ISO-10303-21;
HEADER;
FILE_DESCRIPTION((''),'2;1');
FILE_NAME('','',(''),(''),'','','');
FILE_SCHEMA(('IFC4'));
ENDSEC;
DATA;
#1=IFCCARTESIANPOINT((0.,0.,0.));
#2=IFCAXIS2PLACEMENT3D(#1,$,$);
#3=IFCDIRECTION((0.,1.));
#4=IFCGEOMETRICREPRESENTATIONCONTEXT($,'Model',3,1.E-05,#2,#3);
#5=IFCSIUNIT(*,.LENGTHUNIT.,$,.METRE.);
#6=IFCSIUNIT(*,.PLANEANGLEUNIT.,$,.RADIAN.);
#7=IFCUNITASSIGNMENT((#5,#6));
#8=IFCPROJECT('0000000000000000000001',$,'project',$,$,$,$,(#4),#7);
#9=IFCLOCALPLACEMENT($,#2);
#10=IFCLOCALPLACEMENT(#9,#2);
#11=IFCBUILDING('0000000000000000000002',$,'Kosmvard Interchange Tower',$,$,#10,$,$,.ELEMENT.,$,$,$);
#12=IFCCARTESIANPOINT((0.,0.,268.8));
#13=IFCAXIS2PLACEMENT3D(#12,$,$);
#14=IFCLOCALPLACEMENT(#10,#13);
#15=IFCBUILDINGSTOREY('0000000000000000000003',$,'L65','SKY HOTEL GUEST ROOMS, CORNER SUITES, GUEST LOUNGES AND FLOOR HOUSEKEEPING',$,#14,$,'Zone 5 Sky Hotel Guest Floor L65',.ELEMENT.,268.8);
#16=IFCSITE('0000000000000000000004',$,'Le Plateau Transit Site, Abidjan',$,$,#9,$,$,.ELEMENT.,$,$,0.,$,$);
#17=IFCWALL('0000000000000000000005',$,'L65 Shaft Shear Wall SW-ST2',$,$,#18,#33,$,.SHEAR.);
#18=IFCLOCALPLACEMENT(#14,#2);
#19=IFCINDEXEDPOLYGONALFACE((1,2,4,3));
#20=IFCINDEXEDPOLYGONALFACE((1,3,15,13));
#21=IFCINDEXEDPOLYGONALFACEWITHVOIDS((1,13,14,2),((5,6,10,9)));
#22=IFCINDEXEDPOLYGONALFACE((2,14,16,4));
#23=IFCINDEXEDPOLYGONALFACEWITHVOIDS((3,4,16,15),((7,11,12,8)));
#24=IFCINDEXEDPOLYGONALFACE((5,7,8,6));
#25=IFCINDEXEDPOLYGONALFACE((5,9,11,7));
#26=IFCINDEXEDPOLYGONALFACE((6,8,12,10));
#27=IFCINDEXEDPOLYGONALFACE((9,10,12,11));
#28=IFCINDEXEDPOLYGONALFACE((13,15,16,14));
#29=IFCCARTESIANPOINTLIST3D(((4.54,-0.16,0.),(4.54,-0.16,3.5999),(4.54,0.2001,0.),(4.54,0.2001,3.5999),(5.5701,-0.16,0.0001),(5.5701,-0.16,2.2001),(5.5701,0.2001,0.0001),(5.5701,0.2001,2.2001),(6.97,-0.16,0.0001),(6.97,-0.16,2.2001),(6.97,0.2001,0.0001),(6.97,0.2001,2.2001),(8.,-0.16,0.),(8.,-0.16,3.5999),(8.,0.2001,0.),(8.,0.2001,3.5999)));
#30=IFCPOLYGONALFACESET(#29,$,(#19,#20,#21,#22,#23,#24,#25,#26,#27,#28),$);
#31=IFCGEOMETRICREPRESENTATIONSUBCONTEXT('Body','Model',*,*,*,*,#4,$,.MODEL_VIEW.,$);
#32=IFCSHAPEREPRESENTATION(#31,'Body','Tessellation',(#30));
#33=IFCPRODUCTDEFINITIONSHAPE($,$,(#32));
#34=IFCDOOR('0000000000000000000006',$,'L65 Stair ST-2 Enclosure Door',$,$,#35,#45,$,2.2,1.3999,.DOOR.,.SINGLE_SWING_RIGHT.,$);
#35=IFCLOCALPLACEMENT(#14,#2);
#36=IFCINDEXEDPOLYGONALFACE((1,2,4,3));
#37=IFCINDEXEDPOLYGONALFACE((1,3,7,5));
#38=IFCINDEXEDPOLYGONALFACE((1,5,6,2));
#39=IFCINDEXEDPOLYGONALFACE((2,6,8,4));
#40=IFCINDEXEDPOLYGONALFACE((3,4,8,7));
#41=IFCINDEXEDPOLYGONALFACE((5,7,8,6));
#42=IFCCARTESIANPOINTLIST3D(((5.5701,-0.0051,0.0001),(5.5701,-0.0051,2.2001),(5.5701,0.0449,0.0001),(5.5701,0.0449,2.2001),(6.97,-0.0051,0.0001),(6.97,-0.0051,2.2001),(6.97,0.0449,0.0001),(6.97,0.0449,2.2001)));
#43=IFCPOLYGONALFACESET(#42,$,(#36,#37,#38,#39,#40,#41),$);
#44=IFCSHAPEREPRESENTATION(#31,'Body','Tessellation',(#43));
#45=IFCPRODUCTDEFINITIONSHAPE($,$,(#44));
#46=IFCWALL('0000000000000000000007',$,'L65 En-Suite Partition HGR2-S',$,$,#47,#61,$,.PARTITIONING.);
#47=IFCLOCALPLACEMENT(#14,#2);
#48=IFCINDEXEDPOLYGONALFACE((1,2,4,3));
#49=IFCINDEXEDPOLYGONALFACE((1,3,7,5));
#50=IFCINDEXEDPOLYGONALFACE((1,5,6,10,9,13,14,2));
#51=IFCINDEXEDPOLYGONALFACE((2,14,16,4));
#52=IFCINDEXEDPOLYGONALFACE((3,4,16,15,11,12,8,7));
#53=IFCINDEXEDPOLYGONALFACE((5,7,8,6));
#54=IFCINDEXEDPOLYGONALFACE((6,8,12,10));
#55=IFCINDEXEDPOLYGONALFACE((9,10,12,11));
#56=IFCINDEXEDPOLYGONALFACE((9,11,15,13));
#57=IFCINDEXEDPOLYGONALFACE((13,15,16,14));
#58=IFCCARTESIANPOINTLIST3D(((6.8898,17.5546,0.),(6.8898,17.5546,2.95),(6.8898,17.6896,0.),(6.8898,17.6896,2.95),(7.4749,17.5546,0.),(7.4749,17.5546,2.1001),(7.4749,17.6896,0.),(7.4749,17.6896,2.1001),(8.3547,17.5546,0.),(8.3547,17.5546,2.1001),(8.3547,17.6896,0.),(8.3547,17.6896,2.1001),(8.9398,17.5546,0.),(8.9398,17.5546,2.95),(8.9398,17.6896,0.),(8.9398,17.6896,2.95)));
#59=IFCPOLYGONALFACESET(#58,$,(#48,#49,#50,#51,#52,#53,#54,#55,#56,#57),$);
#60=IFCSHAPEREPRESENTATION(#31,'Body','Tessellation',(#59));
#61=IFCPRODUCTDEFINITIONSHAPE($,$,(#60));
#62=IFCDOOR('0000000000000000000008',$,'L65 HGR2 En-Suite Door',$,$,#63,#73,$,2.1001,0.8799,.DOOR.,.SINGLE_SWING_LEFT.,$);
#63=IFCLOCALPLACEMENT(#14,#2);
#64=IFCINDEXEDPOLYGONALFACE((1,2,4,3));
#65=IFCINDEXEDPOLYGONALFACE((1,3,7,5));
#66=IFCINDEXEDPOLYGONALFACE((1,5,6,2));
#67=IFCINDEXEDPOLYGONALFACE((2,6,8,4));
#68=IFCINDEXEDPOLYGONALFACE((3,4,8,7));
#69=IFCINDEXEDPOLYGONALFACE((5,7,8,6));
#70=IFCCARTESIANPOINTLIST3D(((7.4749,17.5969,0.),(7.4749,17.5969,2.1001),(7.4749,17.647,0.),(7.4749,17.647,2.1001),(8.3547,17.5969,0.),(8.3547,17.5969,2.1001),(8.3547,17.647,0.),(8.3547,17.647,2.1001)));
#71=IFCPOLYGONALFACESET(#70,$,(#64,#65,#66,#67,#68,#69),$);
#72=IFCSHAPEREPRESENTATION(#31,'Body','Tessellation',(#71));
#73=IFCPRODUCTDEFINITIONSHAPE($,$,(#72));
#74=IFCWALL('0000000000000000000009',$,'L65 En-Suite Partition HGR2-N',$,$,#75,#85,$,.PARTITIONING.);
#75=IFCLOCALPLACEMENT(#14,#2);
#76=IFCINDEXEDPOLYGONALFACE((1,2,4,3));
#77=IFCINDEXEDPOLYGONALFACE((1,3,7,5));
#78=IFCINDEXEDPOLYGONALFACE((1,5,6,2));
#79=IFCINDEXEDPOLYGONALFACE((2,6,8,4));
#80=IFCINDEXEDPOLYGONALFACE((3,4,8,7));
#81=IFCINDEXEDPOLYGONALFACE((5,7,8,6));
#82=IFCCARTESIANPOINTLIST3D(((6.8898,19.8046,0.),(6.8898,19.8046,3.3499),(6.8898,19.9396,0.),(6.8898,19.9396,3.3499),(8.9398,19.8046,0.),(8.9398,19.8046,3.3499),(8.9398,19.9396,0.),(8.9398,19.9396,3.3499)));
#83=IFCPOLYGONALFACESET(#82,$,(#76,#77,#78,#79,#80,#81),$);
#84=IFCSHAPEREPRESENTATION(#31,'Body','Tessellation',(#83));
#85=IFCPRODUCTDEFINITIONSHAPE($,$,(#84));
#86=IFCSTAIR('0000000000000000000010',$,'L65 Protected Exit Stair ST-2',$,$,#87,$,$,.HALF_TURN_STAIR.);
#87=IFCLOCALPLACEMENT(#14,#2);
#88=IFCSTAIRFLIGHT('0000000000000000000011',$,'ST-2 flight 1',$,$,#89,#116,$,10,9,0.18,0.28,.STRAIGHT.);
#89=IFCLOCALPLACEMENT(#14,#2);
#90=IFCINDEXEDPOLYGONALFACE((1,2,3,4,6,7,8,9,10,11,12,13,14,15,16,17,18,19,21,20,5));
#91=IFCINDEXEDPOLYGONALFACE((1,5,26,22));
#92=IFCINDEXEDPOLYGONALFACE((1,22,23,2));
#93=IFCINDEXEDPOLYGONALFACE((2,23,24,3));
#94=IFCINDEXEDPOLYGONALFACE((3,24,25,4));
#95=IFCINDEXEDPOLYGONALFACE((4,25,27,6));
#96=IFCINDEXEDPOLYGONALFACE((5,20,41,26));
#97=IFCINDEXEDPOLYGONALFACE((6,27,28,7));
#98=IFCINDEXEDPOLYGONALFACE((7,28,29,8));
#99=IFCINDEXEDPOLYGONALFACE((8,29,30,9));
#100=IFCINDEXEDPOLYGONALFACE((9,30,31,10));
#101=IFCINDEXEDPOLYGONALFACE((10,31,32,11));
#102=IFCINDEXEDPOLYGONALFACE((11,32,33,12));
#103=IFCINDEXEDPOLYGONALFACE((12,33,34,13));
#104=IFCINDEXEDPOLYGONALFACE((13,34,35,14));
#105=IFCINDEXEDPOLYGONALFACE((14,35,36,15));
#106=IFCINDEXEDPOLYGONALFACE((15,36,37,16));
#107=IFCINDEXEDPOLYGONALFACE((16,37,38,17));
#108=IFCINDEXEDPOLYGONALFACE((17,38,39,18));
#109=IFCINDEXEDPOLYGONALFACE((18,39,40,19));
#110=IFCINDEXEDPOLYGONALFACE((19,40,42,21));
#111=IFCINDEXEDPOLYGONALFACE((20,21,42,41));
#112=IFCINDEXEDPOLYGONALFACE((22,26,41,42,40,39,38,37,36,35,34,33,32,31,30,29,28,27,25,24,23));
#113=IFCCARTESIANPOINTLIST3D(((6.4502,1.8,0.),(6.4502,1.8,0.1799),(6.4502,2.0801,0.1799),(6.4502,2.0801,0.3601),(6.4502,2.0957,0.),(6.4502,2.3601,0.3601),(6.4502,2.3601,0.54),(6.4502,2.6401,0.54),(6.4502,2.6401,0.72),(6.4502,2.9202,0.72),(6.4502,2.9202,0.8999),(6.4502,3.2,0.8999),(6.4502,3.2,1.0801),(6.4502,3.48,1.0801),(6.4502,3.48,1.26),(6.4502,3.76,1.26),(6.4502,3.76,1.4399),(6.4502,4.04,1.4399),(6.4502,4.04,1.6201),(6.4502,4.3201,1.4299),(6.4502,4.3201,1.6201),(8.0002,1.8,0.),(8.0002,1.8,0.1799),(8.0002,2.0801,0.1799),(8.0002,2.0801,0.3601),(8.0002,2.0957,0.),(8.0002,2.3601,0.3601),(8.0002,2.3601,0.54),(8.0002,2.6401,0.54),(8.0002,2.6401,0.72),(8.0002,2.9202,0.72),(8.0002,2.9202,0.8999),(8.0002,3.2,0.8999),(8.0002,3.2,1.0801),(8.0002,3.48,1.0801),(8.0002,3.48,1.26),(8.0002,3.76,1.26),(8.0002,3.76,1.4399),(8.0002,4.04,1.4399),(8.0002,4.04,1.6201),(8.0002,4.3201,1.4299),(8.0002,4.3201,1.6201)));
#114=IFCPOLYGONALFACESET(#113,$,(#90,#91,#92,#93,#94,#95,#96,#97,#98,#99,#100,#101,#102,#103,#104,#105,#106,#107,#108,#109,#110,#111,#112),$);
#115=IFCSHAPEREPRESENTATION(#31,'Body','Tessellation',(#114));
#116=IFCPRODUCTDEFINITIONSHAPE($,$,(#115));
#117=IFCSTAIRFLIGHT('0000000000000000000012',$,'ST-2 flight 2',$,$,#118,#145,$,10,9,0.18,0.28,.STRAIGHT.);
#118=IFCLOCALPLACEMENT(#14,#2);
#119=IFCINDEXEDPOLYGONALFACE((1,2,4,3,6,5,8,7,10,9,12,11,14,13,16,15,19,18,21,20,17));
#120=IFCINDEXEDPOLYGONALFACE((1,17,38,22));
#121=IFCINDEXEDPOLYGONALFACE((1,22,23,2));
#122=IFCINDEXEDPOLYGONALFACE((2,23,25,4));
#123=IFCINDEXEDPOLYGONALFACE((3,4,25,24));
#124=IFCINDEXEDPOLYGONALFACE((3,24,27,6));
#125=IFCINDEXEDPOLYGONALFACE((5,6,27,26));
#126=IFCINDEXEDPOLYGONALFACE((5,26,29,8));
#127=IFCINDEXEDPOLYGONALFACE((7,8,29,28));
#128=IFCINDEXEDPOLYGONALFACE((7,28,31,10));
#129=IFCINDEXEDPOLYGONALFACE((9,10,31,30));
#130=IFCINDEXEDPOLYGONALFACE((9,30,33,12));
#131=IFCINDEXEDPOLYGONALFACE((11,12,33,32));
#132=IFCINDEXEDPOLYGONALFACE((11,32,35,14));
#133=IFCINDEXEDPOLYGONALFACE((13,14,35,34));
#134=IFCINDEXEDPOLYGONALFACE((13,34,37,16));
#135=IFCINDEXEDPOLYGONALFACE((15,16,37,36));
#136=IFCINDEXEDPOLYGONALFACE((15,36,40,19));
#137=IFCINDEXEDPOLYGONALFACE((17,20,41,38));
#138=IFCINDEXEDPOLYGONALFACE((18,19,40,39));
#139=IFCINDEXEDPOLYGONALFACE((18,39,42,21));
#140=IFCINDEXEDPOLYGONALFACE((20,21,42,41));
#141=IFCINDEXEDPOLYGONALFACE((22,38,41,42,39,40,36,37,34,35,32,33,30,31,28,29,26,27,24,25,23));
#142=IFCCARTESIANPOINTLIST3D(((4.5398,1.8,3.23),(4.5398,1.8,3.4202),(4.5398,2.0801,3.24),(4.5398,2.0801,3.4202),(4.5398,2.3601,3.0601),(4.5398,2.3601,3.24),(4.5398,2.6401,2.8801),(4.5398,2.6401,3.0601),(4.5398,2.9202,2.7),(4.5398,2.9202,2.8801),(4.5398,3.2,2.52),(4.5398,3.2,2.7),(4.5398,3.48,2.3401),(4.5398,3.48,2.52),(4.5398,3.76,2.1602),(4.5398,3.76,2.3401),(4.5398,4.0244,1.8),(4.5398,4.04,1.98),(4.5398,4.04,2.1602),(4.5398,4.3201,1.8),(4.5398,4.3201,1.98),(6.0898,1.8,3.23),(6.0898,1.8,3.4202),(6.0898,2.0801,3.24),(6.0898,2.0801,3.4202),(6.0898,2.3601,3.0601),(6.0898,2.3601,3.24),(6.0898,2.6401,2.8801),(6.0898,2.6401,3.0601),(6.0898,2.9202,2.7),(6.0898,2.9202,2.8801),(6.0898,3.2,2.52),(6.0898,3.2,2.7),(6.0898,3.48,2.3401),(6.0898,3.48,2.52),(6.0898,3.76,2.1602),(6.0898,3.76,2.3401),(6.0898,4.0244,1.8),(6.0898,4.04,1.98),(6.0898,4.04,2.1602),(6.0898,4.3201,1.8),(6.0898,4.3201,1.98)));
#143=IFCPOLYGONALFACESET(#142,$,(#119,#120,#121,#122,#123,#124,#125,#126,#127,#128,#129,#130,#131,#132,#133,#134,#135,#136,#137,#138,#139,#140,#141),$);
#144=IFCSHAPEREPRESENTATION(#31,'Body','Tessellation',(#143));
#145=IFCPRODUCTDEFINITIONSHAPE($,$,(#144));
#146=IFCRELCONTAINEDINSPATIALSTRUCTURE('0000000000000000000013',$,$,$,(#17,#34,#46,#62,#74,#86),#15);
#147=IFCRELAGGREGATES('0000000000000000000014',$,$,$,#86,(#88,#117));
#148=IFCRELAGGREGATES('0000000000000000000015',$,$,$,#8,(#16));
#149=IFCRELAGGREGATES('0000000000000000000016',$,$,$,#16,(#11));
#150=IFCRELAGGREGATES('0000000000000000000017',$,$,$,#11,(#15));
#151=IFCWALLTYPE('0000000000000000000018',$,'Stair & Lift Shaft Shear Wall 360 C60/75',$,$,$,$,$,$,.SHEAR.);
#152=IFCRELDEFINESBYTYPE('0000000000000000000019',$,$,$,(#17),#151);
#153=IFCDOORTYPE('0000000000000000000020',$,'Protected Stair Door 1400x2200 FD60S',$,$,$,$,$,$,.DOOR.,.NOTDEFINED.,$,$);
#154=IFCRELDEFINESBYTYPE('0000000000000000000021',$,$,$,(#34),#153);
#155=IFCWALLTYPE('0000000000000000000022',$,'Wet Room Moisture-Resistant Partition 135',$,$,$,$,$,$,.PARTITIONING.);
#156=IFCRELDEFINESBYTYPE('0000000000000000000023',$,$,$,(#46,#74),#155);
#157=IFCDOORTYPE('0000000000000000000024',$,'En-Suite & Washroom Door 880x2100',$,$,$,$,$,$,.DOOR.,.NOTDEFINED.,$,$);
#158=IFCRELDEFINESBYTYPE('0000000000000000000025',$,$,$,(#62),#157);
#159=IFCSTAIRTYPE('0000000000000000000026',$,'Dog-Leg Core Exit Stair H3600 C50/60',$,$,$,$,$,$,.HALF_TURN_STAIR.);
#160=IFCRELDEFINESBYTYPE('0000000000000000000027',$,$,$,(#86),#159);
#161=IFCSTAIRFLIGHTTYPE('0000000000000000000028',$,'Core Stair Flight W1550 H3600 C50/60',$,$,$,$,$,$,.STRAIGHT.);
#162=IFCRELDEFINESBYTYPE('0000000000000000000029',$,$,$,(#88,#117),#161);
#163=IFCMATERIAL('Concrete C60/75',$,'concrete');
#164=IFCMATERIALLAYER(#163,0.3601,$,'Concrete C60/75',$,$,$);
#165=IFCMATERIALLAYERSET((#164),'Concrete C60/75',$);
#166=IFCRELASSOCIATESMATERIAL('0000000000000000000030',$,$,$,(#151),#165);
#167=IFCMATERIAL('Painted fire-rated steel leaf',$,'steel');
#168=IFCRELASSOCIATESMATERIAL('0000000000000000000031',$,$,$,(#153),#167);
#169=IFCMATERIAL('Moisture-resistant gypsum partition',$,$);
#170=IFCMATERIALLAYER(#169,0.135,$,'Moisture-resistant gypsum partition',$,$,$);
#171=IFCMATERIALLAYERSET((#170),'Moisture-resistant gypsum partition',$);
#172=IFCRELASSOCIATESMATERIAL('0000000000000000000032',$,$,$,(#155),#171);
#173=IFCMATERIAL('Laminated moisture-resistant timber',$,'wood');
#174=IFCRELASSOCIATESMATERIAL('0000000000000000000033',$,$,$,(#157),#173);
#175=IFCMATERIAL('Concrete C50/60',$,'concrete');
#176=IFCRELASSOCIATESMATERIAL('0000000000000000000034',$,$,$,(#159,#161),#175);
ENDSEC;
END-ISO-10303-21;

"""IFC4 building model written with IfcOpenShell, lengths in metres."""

from ifc_helpers import new_model, si_unit, direction, frame, frame_2d, origin, place, context, subcontext, project, spatial, polyline, rectangle, outline, extrude, source, transform, mapped, material, layer, layer_set, type_object, element, fill, aggregate, save


model = new_model("IFC4")

# Units and contexts
model_context = context("Model", 3, precision=1e-05, world=origin(), true_north=direction((0.0, 1.0)))
body_context = subcontext(model_context, "Body", "Model", "MODEL_VIEW")
ifc_project = project(units=[si_unit("LENGTHUNIT", "METRE"), si_unit("PLANEANGLEUNIT", "RADIAN")], contexts=[model_context])

# Site, building, storey
site_placement = place(None, origin())
site = spatial("IfcSite", under=ifc_project, at=site_placement, Name="Le Plateau Transit Site, Abidjan", CompositionType="ELEMENT", RefElevation=0.0)
building_placement = place(site_placement, origin())
building = spatial("IfcBuilding", under=site, at=building_placement, Name="Kosmvard Interchange Tower", CompositionType="ELEMENT")
storey_placement = place(building_placement, frame((0.0, 0.0, 268.8)))
storey = spatial("IfcBuildingStorey", under=building, at=storey_placement, Name="L65", Description="SKY HOTEL GUEST ROOMS, CORNER SUITES, GUEST LOUNGES AND FLOOR HOUSEKEEPING", LongName="Zone 5 Sky Hotel Guest Floor L65", CompositionType="ELEMENT", Elevation=268.8)

# Shared definitions
ifc_material_1 = material(Name="Concrete C50/60", Category="concrete")

# Walls, openings, doors
ifc_material_2 = material(Name="Concrete C60/75", Category="concrete")
ifc_layer_1 = layer(ifc_material_2, 0.3601, Name="Concrete C60/75")
ifc_layer_set_1 = layer_set([ifc_layer_1], Name="Concrete C60/75")
wall_type_1 = type_object("IfcWallType", Name="Stair & Lift Shaft Shear Wall 360 C60/75", PredefinedType="SHEAR", material=ifc_layer_set_1)
wall_1_placement = place(storey_placement, frame((4.54, 0.02, 0.0), z_axis=(0.0, 0.0, 1.0), x_axis=(1.0, 0.0, 0.0)))
wall_1 = element("IfcWall", 1, at=wall_1_placement, inside=storey, type_object=wall_type_1, Name="L65 Shaft Shear Wall SW-ST2", PredefinedType="SHEAR", context=body_context, shape_type="SweptSolid", body=[
    extrude(rectangle(XDim=3.46, YDim=0.3601, at=frame_2d((1.73, 0.0))), origin(), (0.0, 0.0, 1.0), 3.5999),
])
opening_1_placement = place(wall_1_placement, frame((1.03, 0.0, 0.0)))
opening_1 = element("IfcOpeningElement", 2, at=opening_1_placement, cuts=wall_1, PredefinedType="OPENING", context=body_context, shape_type="SweptSolid", body=[
    extrude(rectangle(XDim=1.3999, YDim=2.2, at=frame_2d((0.7, 1.1001))), frame((0.0, 0.1899, 0.0), z_axis=(0.0, -1.0, 0.0), x_axis=(1.0, 0.0, 0.0)), (0.0, 0.0, 1.0), 0.3801),
])
ifc_material_3 = material(Name="Painted fire-rated steel leaf", Category="steel")
door_type_1 = type_object("IfcDoorType", Name="Protected Stair Door 1400x2200 FD60S", OperationType="NOTDEFINED", PredefinedType="DOOR", material=ifc_material_3)
shared_shape_1 = source(origin(), body_context, "Body", "SweptSolid", [
    extrude(rectangle(XDim=1.3999, YDim=2.2, at=frame_2d((0.7, 1.1001))), frame((0.0, 0.0249, 0.0), z_axis=(0.0, -1.0, 0.0), x_axis=(1.0, 0.0, 0.0)), (0.0, 0.0, 1.0), 0.05),
])
door_1_placement = place(opening_1_placement, origin())
door_1 = element("IfcDoor", 3, at=door_1_placement, inside=storey, type_object=door_type_1, Name="L65 Stair ST-2 Enclosure Door", OperationType="SINGLE_SWING_RIGHT", OverallHeight=2.2, OverallWidth=1.3999, PredefinedType="DOOR", context=body_context, shape_type="MappedRepresentation", body=[
    mapped(shared_shape_1, transform((0.0, 0.0, 0.0), scale=1.0)),
])
fill(opening_1, door_1)
ifc_material_4 = material(Name="Moisture-resistant gypsum partition")
ifc_layer_2 = layer(ifc_material_4, 0.135, Name="Moisture-resistant gypsum partition")
ifc_layer_set_2 = layer_set([ifc_layer_2], Name="Moisture-resistant gypsum partition")
wall_type_2 = type_object("IfcWallType", Name="Wet Room Moisture-Resistant Partition 135", PredefinedType="PARTITIONING", material=ifc_layer_set_2)
wall_2_placement = place(storey_placement, frame((6.8899, 17.6221, 0.0), z_axis=(0.0, 0.0, 1.0), x_axis=(1.0, 0.0, 0.0)))
wall_2 = element("IfcWall", 4, at=wall_2_placement, inside=storey, type_object=wall_type_2, Name="L65 En-Suite Partition HGR2-S", PredefinedType="PARTITIONING", context=body_context, shape_type="SweptSolid", body=[
    extrude(rectangle(XDim=2.05, YDim=0.135, at=frame_2d((1.0249, 0.0))), origin(), (0.0, 0.0, 1.0), 2.95),
])
opening_2_placement = place(wall_2_placement, frame((0.585, 0.0, 0.0)))
opening_2 = element("IfcOpeningElement", 5, at=opening_2_placement, cuts=wall_2, PredefinedType="OPENING", context=body_context, shape_type="SweptSolid", body=[
    extrude(rectangle(XDim=0.8799, YDim=2.1001, at=frame_2d((0.4399, 1.05))), frame((0.0, 0.0776, 0.0), z_axis=(0.0, -1.0, 0.0), x_axis=(1.0, 0.0, 0.0)), (0.0, 0.0, 1.0), 0.155),
])
ifc_material_5 = material(Name="Laminated moisture-resistant timber", Category="wood")
door_type_2 = type_object("IfcDoorType", Name="En-Suite & Washroom Door 880x2100", OperationType="NOTDEFINED", PredefinedType="DOOR", material=ifc_material_5)
shared_shape_2 = source(origin(), body_context, "Body", "SweptSolid", [
    extrude(rectangle(XDim=0.8799, YDim=2.1001, at=frame_2d((0.4399, 1.05))), frame((0.0, 0.0249, 0.0), z_axis=(0.0, -1.0, 0.0), x_axis=(1.0, 0.0, 0.0)), (0.0, 0.0, 1.0), 0.05),
])
door_2_placement = place(opening_2_placement, origin())
door_2 = element("IfcDoor", 6, at=door_2_placement, inside=storey, type_object=door_type_2, Name="L65 HGR2 En-Suite Door", OperationType="SINGLE_SWING_LEFT", OverallHeight=2.1001, OverallWidth=0.8799, PredefinedType="DOOR", context=body_context, shape_type="MappedRepresentation", body=[
    mapped(shared_shape_2, transform((0.0, 0.0, 0.0), scale=1.0)),
])
fill(opening_2, door_2)

# Wall
wall_3_placement = place(storey_placement, frame((6.8899, 19.8721, 0.0), z_axis=(0.0, 0.0, 1.0), x_axis=(1.0, 0.0, 0.0)))
element("IfcWall", 7, at=wall_3_placement, inside=storey, type_object=wall_type_2, Name="L65 En-Suite Partition HGR2-N", PredefinedType="PARTITIONING", context=body_context, shape_type="SweptSolid", body=[
    extrude(rectangle(XDim=2.05, YDim=0.135, at=frame_2d((1.0249, 0.0))), origin(), (0.0, 0.0, 1.0), 3.3499),
])

# Stair, stair flights
stair_type = type_object("IfcStairType", Name="Dog-Leg Core Exit Stair H3600 C50/60", PredefinedType="HALF_TURN_STAIR", material=ifc_material_1)
stair_placement = place(storey_placement, origin())
stair = element("IfcStair", 8, at=stair_placement, inside=storey, type_object=stair_type, Name="L65 Protected Exit Stair ST-2", PredefinedType="HALF_TURN_STAIR")
stair_flight_type = type_object("IfcStairFlightType", Name="Core Stair Flight W1550 H3600 C50/60", PredefinedType="STRAIGHT", material=ifc_material_1)
shared_shape_3 = source(origin(), body_context, "Body", "SweptSolid", [
    extrude(outline(polyline([(0.0, 0.0), (0.0, 0.1799), (0.28, 0.1799), (0.28, 0.3601), (0.5601, 0.3601), (0.5601, 0.54), (0.8401, 0.54), (0.8401, 0.72), (1.1201, 0.72), (1.1201, 0.8999), (1.3999, 0.8999), (1.3999, 1.0801), (1.6799, 1.0801), (1.6799, 1.26), (1.96, 1.26), (1.96, 1.4399), (2.24, 1.4399), (2.24, 1.6201), (2.52, 1.6201), (2.52, 1.8), (2.52, 1.4299), (0.2957, 0.0), (0.0, 0.0)])), frame((0.0, 0.7749, 0.0), z_axis=(0.0, -1.0, 0.0), x_axis=(1.0, 0.0, 0.0)), (0.0, 0.0, 1.0), 1.55),
])
stair_flight_1_placement = place(storey_placement, frame((7.2251, 1.8, 0.0), z_axis=(0.0, 0.0, 1.0), x_axis=(0.0, 1.0, 0.0)))
stair_flight_1 = element("IfcStairFlight", 9, at=stair_flight_1_placement, type_object=stair_flight_type, Name="ST-2 flight 1", NumberOfRisers=10, NumberOfTreads=9, PredefinedType="STRAIGHT", RiserHeight=0.18, TreadLength=0.28, context=body_context, shape_type="MappedRepresentation", body=[
    mapped(shared_shape_3, transform((0.0, 0.0, 0.0), scale=1.0)),
])
stair_flight_2_placement = place(storey_placement, frame((5.3149, 4.3201, 1.8), z_axis=(0.0, 0.0, 1.0), x_axis=(0.0, -1.0, 0.0)))
stair_flight_2 = element("IfcStairFlight", 10, at=stair_flight_2_placement, type_object=stair_flight_type, Name="ST-2 flight 2", NumberOfRisers=10, NumberOfTreads=9, PredefinedType="STRAIGHT", RiserHeight=0.18, TreadLength=0.28, context=body_context, shape_type="MappedRepresentation", body=[
    mapped(shared_shape_3, transform((0.0, 0.0, 0.0), scale=1.0)),
])
aggregate(stair, [stair_flight_1, stair_flight_2])

save(model, "model.ifc")
